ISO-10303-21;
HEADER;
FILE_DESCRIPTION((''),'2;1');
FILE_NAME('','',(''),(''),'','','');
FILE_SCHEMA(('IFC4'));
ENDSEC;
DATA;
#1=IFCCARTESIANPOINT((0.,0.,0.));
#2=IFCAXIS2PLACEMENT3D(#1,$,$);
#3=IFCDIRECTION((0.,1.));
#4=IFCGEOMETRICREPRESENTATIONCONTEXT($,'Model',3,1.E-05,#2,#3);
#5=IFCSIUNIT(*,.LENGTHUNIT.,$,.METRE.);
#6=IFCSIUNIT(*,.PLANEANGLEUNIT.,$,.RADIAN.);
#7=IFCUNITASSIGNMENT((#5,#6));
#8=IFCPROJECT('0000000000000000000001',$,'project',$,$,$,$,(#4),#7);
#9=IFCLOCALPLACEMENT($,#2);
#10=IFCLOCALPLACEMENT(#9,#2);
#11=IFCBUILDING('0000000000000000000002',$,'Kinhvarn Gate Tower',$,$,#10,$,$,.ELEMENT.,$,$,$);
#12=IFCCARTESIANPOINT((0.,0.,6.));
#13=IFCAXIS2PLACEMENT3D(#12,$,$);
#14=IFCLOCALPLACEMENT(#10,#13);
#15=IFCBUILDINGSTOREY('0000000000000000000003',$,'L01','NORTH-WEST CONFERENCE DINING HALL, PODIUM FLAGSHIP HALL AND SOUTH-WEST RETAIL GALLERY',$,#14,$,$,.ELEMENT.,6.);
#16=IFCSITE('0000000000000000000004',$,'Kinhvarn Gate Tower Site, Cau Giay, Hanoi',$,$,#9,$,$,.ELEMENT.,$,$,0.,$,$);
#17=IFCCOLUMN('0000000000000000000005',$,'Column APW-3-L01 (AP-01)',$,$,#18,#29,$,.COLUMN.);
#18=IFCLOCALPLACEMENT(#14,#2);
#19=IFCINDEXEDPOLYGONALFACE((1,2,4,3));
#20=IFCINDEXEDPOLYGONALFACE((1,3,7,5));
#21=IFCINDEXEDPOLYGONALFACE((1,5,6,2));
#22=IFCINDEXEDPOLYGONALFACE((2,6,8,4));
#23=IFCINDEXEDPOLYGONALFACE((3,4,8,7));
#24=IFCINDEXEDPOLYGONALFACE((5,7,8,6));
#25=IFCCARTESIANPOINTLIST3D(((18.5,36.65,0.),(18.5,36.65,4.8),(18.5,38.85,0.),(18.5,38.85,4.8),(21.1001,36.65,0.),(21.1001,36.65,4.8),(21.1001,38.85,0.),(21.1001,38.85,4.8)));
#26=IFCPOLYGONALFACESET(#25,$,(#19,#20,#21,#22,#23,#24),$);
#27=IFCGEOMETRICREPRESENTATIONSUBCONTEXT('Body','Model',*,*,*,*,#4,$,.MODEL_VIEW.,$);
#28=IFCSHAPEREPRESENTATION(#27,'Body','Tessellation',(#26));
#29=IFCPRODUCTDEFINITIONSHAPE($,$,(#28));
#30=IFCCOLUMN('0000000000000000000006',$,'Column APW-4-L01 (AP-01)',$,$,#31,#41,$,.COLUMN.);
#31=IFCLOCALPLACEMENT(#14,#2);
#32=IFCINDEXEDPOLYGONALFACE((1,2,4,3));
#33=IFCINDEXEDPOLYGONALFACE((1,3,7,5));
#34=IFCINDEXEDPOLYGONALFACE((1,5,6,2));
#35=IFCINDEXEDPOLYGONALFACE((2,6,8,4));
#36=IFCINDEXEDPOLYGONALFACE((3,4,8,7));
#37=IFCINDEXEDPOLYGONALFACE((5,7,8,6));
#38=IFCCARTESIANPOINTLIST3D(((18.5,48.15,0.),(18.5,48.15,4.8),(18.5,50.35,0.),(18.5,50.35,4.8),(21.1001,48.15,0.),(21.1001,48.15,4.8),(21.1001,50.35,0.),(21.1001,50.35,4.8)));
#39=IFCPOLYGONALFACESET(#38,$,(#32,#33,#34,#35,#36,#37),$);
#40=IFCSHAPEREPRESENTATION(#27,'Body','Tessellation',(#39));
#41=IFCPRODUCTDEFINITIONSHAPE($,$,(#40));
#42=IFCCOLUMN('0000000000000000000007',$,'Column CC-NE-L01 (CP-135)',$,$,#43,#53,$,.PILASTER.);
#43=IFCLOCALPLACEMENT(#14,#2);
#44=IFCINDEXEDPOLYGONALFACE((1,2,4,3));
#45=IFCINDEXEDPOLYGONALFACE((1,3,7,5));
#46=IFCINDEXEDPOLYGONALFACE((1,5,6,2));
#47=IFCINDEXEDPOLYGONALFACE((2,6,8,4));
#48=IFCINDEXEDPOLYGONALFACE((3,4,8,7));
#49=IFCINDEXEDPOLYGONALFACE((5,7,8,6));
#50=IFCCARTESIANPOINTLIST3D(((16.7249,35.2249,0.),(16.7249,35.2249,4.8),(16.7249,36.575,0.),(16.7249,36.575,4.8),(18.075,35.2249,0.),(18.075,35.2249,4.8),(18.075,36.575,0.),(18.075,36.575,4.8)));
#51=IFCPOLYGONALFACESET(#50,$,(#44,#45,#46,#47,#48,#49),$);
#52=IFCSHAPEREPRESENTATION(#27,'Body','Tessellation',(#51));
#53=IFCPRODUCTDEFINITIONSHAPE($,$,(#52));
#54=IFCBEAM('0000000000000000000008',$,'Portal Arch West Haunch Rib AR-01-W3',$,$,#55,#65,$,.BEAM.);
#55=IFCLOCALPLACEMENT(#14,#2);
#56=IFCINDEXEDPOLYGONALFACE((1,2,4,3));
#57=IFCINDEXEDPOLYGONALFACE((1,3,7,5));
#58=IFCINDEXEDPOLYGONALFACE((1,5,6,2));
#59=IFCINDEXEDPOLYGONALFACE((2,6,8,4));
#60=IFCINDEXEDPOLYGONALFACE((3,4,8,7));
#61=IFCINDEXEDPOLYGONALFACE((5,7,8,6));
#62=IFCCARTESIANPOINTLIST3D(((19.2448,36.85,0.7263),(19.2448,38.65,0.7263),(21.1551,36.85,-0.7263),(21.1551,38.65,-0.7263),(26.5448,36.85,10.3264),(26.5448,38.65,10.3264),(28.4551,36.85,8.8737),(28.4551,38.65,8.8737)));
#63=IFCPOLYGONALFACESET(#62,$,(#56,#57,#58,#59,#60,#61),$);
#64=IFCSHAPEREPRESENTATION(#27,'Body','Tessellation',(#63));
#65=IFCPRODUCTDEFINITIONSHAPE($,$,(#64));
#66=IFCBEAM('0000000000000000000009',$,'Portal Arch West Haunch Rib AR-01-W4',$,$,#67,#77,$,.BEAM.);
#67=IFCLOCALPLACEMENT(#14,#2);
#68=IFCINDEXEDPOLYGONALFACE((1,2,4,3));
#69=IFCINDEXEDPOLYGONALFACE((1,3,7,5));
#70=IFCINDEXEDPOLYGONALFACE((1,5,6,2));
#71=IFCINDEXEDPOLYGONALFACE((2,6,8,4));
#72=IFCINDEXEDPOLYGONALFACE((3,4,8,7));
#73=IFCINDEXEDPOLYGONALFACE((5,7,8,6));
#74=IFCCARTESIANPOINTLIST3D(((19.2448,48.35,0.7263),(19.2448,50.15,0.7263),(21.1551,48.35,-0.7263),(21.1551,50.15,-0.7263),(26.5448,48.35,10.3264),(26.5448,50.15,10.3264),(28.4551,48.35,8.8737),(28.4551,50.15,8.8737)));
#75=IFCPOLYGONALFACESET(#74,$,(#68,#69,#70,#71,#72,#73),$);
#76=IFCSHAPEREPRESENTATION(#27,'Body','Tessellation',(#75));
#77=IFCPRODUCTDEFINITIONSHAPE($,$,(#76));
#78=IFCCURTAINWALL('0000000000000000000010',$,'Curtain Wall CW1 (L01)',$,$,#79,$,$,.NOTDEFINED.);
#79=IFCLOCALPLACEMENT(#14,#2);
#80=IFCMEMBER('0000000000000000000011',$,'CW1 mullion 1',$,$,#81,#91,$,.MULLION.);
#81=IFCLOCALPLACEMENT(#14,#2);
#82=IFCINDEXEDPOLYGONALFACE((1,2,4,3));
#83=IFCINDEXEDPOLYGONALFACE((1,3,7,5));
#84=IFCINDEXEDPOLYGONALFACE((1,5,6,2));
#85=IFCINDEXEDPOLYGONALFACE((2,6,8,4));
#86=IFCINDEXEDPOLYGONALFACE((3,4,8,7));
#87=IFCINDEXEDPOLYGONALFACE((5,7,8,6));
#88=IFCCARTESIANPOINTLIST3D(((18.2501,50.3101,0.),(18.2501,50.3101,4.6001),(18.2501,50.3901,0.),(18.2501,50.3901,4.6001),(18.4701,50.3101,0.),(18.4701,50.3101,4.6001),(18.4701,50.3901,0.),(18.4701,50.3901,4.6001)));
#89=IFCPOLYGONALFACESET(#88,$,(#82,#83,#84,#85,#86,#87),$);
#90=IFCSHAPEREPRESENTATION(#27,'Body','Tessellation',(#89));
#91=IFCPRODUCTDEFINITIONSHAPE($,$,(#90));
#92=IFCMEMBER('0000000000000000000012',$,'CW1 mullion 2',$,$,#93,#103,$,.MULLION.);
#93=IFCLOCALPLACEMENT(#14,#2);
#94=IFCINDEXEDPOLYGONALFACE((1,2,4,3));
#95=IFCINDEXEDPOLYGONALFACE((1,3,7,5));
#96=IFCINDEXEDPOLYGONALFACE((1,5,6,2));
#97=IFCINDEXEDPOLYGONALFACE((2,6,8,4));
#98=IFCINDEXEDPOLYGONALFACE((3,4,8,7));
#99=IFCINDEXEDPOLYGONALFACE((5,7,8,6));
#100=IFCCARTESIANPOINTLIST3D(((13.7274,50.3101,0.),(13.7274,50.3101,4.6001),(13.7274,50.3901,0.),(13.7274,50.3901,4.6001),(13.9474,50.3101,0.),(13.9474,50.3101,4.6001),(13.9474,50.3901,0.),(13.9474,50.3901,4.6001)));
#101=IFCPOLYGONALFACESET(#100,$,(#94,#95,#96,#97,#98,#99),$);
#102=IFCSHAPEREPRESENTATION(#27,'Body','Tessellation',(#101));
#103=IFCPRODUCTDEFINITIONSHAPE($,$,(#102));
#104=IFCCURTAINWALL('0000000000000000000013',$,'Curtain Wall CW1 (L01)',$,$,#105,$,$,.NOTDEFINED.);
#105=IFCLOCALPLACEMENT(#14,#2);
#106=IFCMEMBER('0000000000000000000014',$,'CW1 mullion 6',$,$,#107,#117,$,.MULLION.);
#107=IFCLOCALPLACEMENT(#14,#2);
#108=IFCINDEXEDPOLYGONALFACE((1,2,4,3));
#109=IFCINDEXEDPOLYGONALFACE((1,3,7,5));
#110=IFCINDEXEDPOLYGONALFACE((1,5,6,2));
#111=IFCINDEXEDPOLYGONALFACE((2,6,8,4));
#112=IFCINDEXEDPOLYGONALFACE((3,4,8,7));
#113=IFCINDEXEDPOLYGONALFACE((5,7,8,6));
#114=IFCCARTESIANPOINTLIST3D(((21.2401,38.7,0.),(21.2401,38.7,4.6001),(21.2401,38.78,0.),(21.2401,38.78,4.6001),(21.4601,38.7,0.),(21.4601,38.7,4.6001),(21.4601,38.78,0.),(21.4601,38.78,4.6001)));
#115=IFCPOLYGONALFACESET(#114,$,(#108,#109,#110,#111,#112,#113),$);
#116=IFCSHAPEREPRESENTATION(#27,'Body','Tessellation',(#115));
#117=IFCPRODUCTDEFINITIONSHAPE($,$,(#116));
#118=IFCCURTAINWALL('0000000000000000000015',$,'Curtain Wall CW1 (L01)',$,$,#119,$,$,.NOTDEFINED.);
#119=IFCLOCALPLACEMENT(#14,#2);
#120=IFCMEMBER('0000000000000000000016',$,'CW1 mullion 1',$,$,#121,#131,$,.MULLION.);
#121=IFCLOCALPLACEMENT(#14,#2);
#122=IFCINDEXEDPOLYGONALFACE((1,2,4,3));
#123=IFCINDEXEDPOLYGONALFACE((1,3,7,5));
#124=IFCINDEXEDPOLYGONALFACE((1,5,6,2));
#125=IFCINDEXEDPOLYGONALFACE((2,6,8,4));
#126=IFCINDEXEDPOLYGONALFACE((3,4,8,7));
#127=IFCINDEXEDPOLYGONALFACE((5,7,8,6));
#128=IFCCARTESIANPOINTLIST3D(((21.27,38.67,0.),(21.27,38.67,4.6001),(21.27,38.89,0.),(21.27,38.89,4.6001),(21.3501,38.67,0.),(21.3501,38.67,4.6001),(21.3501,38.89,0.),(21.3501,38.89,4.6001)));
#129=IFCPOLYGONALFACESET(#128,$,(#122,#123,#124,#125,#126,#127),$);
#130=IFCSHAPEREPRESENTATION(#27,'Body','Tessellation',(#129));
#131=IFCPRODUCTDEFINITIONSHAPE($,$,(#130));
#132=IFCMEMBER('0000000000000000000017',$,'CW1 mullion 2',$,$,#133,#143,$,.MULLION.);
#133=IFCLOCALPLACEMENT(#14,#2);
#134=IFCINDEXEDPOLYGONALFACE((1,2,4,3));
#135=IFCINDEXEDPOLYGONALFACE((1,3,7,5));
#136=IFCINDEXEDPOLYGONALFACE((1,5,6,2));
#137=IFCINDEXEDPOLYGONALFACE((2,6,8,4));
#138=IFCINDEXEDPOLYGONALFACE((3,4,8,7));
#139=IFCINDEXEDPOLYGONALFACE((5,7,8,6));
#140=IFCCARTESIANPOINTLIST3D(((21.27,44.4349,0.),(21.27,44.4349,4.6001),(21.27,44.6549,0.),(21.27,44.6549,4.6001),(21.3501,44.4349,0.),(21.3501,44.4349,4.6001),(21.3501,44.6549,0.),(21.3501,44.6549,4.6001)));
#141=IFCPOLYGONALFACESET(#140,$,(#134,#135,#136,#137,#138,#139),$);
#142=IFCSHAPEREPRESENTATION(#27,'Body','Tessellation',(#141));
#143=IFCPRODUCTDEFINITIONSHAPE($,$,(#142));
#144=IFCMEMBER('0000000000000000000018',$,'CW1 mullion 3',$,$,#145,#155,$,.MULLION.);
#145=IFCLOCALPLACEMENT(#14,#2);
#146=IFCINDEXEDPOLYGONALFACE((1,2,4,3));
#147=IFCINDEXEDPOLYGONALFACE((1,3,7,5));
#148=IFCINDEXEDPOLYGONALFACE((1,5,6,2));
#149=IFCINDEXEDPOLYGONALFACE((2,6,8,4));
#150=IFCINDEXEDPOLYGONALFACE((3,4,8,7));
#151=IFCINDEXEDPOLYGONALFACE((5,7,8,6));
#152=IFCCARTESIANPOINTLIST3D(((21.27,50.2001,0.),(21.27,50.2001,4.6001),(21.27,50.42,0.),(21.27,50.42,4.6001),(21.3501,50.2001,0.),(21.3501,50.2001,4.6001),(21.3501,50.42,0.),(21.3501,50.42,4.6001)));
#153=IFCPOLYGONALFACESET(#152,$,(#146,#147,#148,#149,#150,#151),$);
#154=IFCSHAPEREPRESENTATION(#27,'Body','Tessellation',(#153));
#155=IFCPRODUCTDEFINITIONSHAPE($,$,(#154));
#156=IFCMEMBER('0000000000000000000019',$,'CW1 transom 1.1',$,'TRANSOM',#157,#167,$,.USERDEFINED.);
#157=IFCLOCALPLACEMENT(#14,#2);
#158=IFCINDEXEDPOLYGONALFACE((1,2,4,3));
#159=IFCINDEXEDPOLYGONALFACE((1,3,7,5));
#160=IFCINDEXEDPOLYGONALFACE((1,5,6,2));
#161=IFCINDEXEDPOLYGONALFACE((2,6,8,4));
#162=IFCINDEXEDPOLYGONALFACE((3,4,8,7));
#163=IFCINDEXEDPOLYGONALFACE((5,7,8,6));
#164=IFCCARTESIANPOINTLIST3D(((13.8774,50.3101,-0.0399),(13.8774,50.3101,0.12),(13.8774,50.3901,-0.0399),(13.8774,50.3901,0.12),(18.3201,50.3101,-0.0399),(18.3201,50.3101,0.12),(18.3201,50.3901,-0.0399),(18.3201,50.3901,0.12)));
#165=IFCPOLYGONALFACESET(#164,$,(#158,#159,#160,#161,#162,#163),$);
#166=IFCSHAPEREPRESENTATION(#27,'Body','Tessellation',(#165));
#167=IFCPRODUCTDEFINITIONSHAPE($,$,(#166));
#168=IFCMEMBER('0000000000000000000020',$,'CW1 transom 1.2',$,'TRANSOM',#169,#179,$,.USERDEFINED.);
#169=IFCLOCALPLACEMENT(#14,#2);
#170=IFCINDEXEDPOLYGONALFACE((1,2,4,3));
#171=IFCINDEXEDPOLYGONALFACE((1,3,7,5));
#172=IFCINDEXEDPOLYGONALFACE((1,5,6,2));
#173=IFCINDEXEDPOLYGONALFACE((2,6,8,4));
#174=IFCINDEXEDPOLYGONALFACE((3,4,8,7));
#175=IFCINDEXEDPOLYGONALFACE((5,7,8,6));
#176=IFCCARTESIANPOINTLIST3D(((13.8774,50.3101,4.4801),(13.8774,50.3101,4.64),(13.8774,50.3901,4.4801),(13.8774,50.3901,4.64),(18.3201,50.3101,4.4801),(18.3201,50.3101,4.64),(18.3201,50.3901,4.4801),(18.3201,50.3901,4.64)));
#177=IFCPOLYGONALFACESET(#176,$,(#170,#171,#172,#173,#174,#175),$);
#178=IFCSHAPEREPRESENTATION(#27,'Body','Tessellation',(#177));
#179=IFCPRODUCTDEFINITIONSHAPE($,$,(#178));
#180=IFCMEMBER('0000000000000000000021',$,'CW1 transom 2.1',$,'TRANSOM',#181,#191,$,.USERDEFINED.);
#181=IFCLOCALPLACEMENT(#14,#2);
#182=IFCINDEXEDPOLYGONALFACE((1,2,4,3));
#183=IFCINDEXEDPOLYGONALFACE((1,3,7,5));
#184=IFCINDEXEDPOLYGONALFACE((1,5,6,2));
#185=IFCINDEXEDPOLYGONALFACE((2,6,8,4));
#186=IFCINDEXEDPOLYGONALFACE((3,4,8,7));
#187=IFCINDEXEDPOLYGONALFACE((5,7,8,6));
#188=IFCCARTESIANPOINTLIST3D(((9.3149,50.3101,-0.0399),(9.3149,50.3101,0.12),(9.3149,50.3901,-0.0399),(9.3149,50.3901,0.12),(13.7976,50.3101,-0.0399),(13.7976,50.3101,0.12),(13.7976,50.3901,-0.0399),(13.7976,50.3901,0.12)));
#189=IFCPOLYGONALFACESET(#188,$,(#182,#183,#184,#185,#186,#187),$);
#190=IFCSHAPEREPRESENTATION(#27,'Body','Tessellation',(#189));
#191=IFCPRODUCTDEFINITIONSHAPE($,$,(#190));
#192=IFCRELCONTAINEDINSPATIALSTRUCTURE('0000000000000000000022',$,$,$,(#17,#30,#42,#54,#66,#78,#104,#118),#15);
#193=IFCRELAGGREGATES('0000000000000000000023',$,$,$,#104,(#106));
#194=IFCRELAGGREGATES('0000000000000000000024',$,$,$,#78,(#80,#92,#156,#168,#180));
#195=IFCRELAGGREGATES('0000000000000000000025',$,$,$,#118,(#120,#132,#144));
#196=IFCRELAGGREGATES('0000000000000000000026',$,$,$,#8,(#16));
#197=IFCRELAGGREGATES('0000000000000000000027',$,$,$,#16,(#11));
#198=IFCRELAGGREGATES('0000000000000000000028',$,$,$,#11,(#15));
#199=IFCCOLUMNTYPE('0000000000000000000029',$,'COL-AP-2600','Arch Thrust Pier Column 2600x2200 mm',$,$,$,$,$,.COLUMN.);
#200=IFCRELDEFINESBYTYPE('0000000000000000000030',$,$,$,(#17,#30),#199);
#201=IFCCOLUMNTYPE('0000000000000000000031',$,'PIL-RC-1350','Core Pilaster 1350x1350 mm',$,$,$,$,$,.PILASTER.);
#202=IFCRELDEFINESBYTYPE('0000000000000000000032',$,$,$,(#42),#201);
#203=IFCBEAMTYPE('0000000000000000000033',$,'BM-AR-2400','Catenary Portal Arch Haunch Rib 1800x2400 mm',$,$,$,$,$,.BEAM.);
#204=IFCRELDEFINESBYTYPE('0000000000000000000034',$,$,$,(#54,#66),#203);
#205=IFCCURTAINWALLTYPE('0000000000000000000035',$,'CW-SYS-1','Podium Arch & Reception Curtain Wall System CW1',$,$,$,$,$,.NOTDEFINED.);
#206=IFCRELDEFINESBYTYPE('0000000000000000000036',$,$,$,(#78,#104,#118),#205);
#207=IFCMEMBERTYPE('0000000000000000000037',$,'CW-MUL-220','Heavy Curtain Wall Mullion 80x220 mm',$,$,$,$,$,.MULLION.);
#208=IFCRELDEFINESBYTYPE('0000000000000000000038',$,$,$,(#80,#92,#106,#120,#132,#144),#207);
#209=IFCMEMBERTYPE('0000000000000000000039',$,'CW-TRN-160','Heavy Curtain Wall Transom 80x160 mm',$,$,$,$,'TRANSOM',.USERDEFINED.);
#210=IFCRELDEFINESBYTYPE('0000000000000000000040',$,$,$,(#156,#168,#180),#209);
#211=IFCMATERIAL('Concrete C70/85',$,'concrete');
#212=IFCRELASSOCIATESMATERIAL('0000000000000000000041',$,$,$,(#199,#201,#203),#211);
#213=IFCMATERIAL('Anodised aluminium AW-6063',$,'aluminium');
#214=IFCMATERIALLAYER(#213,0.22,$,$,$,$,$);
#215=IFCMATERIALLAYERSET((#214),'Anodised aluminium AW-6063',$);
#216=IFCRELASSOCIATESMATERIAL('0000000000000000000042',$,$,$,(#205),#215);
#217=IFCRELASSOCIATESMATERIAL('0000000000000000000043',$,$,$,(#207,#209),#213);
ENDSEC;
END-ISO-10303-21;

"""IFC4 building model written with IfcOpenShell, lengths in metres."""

from ifc_helpers import new_model, si_unit, direction, frame, origin, origin_2d, place, context, subcontext, project, spatial, rectangle, extrude, material, layer, layer_set, material_profile, profile_set, type_object, element, aggregate, save


model = new_model("IFC4")

# Units and contexts
model_context = context("Model", 3, precision=1e-05, world=origin(), true_north=direction((0.0, 1.0)))
body_context = subcontext(model_context, "Body", "Model", "MODEL_VIEW")
ifc_project = project(units=[si_unit("LENGTHUNIT", "METRE"), si_unit("PLANEANGLEUNIT", "RADIAN")], contexts=[model_context])

# Site, building, storey
site_placement = place(None, origin())
site = spatial("IfcSite", under=ifc_project, at=site_placement, Name="Kinhvarn Gate Tower Site, Cau Giay, Hanoi", CompositionType="ELEMENT", RefElevation=0.0)
building_placement = place(site_placement, origin())
building = spatial("IfcBuilding", under=site, at=building_placement, Name="Kinhvarn Gate Tower", CompositionType="ELEMENT")
storey_placement = place(building_placement, frame((0.0, 0.0, 6.0)))
storey = spatial("IfcBuildingStorey", under=building, at=storey_placement, Name="L01", Description="NORTH-WEST CONFERENCE DINING HALL, PODIUM FLAGSHIP HALL AND SOUTH-WEST RETAIL GALLERY", CompositionType="ELEMENT", Elevation=6.0)

# Columns
ifc_material_1 = material(Name="Concrete C70/85", Category="concrete")
ifc_material_profile_1 = material_profile(ifc_material_1, rectangle(XDim=2.6001, YDim=2.2, at=origin_2d()), Name="RC 2600x2200")
ifc_profile_set_1 = profile_set([ifc_material_profile_1], Name="Concrete C70/85")
column_type_1 = type_object("IfcColumnType", Name="COL-AP-2600", Description="Arch Thrust Pier Column 2600x2200 mm", PredefinedType="COLUMN", material=ifc_profile_set_1)
for number, where, z_axis, x_axis, name in (
    (1, (19.8, 37.75, 0.0), (0.0, 0.0, 1.0), (1.0, 0.0, 0.0), "Column APW-3-L01 (AP-01)"),
    (2, (19.8, 49.25, 0.0), (0.0, 0.0, 1.0), (1.0, 0.0, 0.0), "Column APW-4-L01 (AP-01)"),
):
    element("IfcColumn", number, at=place(storey_placement, frame(where, z_axis=z_axis, x_axis=x_axis)), inside=storey, type_object=column_type_1, Name=name, PredefinedType="COLUMN", context=body_context, shape_type="SweptSolid", body=[
        extrude(rectangle(XDim=2.6001, YDim=2.2, at=origin_2d()), origin(), (0.0, 0.0, 1.0), 4.8),
    ])
ifc_material_profile_2 = material_profile(ifc_material_1, rectangle(XDim=1.3501, YDim=1.3501, at=origin_2d()), Name="RC 1350x1350")
ifc_profile_set_2 = profile_set([ifc_material_profile_2], Name="Concrete C70/85")
column_type_2 = type_object("IfcColumnType", Name="PIL-RC-1350", Description="Core Pilaster 1350x1350 mm", PredefinedType="PILASTER", material=ifc_profile_set_2)
column_placement = place(storey_placement, frame((17.3999, 35.8999, 0.0), z_axis=(0.0, 0.0, 1.0), x_axis=(1.0, 0.0, 0.0)))
element("IfcColumn", 3, at=column_placement, inside=storey, type_object=column_type_2, Name="Column CC-NE-L01 (CP-135)", PredefinedType="PILASTER", context=body_context, shape_type="SweptSolid", body=[
    extrude(rectangle(XDim=1.3501, YDim=1.3501, at=origin_2d()), origin(), (0.0, 0.0, 1.0), 4.8),
])

# Beams
ifc_material_profile_3 = material_profile(ifc_material_1, rectangle(XDim=1.8, YDim=2.3999, at=origin_2d()), Name="RC 1800x2400")
ifc_profile_set_3 = profile_set([ifc_material_profile_3], Name="Concrete C70/85")
beam_type_1 = type_object("IfcBeamType", Name="BM-AR-2400", Description="Catenary Portal Arch Haunch Rib 1800x2400 mm", PredefinedType="BEAM", material=ifc_profile_set_3)
for number, where, z_axis, x_axis, name in (
    (4, (20.2, 37.75, 0.0), (0.605292, 0.0, 0.796003), (0.0, 1.0, 0.0), "Portal Arch West Haunch Rib AR-01-W3"),
    (5, (20.2, 49.25, 0.0), (0.605292, 0.0, 0.796003), (0.0, 1.0, 0.0), "Portal Arch West Haunch Rib AR-01-W4"),
):
    element("IfcBeam", number, at=place(storey_placement, frame(where, z_axis=z_axis, x_axis=x_axis)), inside=storey, type_object=beam_type_1, Name=name, PredefinedType="BEAM", context=body_context, shape_type="SweptSolid", body=[
        extrude(rectangle(XDim=1.8, YDim=2.3999, at=origin_2d()), origin(), (0.0, 0.0, 1.0), 12.0603),
    ])

# Curtain wall, members
ifc_material_2 = material(Name="Anodised aluminium AW-6063", Category="aluminium")
ifc_layer_1 = layer(ifc_material_2, 0.22)
ifc_layer_set_1 = layer_set([ifc_layer_1], Name="Anodised aluminium AW-6063")
curtain_wall_type = type_object("IfcCurtainWallType", Name="CW-SYS-1", Description="Podium Arch & Reception Curtain Wall System CW1", PredefinedType="NOTDEFINED", material=ifc_layer_set_1)
curtain_wall_1_placement = place(storey_placement, origin())
curtain_wall_1 = element("IfcCurtainWall", 6, at=curtain_wall_1_placement, inside=storey, type_object=curtain_wall_type, Name="Curtain Wall CW1 (L01)", PredefinedType="NOTDEFINED")
ifc_material_profile_4 = material_profile(ifc_material_2, rectangle(XDim=0.0801, YDim=0.22, at=origin_2d()), Name="ALU 80x220")
ifc_profile_set_4 = profile_set([ifc_material_profile_4], Name="Anodised aluminium AW-6063")
member_type_1 = type_object("IfcMemberType", Name="CW-MUL-220", Description="Heavy Curtain Wall Mullion 80x220 mm", PredefinedType="MULLION", material=ifc_profile_set_4)
member_1_placement = place(storey_placement, frame((18.3601, 50.3501, 0.0), z_axis=(0.0, 0.0, 1.0), x_axis=(0.0, -1.0, 0.0)))
member_1 = element("IfcMember", 7, at=member_1_placement, type_object=member_type_1, Name="CW1 mullion 1", PredefinedType="MULLION", context=body_context, shape_type="SweptSolid", body=[
    extrude(rectangle(XDim=0.0801, YDim=0.22, at=origin_2d()), origin(), (0.0, 0.0, 1.0), 4.6001),
])
member_2_placement = place(storey_placement, frame((13.8374, 50.3501, 0.0), z_axis=(0.0, 0.0, 1.0), x_axis=(0.0, -1.0, 0.0)))
member_2 = element("IfcMember", 8, at=member_2_placement, type_object=member_type_1, Name="CW1 mullion 2", PredefinedType="MULLION", context=body_context, shape_type="SweptSolid", body=[
    extrude(rectangle(XDim=0.0801, YDim=0.22, at=origin_2d()), origin(), (0.0, 0.0, 1.0), 4.6001),
])

# Curtain wall, member
curtain_wall_2_placement = place(storey_placement, origin())
curtain_wall_2 = element("IfcCurtainWall", 9, at=curtain_wall_2_placement, inside=storey, type_object=curtain_wall_type, Name="Curtain Wall CW1 (L01)", PredefinedType="NOTDEFINED")
member_3_placement = place(storey_placement, frame((21.3501, 38.74, 0.0), z_axis=(0.0, 0.0, 1.0), x_axis=(0.0, -1.0, 0.0)))
member_3 = element("IfcMember", 10, at=member_3_placement, type_object=member_type_1, Name="CW1 mullion 6", PredefinedType="MULLION", context=body_context, shape_type="SweptSolid", body=[
    extrude(rectangle(XDim=0.0801, YDim=0.22, at=origin_2d()), origin(), (0.0, 0.0, 1.0), 4.6001),
])
aggregate(curtain_wall_2, [member_3])

# Curtain wall, members
curtain_wall_3_placement = place(storey_placement, origin())
curtain_wall_3 = element("IfcCurtainWall", 11, at=curtain_wall_3_placement, inside=storey, type_object=curtain_wall_type, Name="Curtain Wall CW1 (L01)", PredefinedType="NOTDEFINED")
member_4_placement = place(storey_placement, frame((21.3101, 38.78, 0.0), z_axis=(0.0, 0.0, 1.0), x_axis=(-1.0, 0.0, 0.0)))
member_4 = element("IfcMember", 12, at=member_4_placement, type_object=member_type_1, Name="CW1 mullion 1", PredefinedType="MULLION", context=body_context, shape_type="SweptSolid", body=[
    extrude(rectangle(XDim=0.0801, YDim=0.22, at=origin_2d()), origin(), (0.0, 0.0, 1.0), 4.6001),
])
member_5_placement = place(storey_placement, frame((21.3101, 44.5449, 0.0), z_axis=(0.0, 0.0, 1.0), x_axis=(-1.0, 0.0, 0.0)))
member_5 = element("IfcMember", 13, at=member_5_placement, type_object=member_type_1, Name="CW1 mullion 2", PredefinedType="MULLION", context=body_context, shape_type="SweptSolid", body=[
    extrude(rectangle(XDim=0.0801, YDim=0.22, at=origin_2d()), origin(), (0.0, 0.0, 1.0), 4.6001),
])
member_6_placement = place(storey_placement, frame((21.3101, 50.3101, 0.0), z_axis=(0.0, 0.0, 1.0), x_axis=(-1.0, 0.0, 0.0)))
member_6 = element("IfcMember", 14, at=member_6_placement, type_object=member_type_1, Name="CW1 mullion 3", PredefinedType="MULLION", context=body_context, shape_type="SweptSolid", body=[
    extrude(rectangle(XDim=0.0801, YDim=0.22, at=origin_2d()), origin(), (0.0, 0.0, 1.0), 4.6001),
])

# Members
ifc_material_profile_5 = material_profile(ifc_material_2, rectangle(XDim=0.0801, YDim=0.1599, at=origin_2d()), Name="ALU 80x160")
ifc_profile_set_5 = profile_set([ifc_material_profile_5], Name="Anodised aluminium AW-6063")
member_type_2 = type_object("IfcMemberType", Name="CW-TRN-160", Description="Heavy Curtain Wall Transom 80x160 mm", ElementType="TRANSOM", PredefinedType="USERDEFINED", material=ifc_profile_set_5)
member_7_placement = place(storey_placement, frame((18.3201, 50.3501, 0.04), z_axis=(-1.0, 0.0, 0.0), x_axis=(0.0, -1.0, 0.0)))
member_7 = element("IfcMember", 15, at=member_7_placement, type_object=member_type_2, Name="CW1 transom 1.1", ObjectType="TRANSOM", PredefinedType="USERDEFINED", context=body_context, shape_type="SweptSolid", body=[
    extrude(rectangle(XDim=0.0801, YDim=0.1599, at=origin_2d()), origin(), (0.0, 0.0, 1.0), 4.4426),
])
member_8_placement = place(storey_placement, frame((18.3201, 50.3501, 4.5601), z_axis=(-1.0, 0.0, 0.0), x_axis=(0.0, -1.0, 0.0)))
member_8 = element("IfcMember", 16, at=member_8_placement, type_object=member_type_2, Name="CW1 transom 1.2", ObjectType="TRANSOM", PredefinedType="USERDEFINED", context=body_context, shape_type="SweptSolid", body=[
    extrude(rectangle(XDim=0.0801, YDim=0.1599, at=origin_2d()), origin(), (0.0, 0.0, 1.0), 4.4426),
])
member_9_placement = place(storey_placement, frame((13.7976, 50.3501, 0.04), z_axis=(-1.0, 0.0, 0.0), x_axis=(0.0, -1.0, 0.0)))
member_9 = element("IfcMember", 17, at=member_9_placement, type_object=member_type_2, Name="CW1 transom 2.1", ObjectType="TRANSOM", PredefinedType="USERDEFINED", context=body_context, shape_type="SweptSolid", body=[
    extrude(rectangle(XDim=0.0801, YDim=0.1599, at=origin_2d()), origin(), (0.0, 0.0, 1.0), 4.4827),
])

aggregate(curtain_wall_1, [member_1, member_2, member_7, member_8, member_9])
aggregate(curtain_wall_3, [member_4, member_5, member_6])

save(model, "model.ifc")
